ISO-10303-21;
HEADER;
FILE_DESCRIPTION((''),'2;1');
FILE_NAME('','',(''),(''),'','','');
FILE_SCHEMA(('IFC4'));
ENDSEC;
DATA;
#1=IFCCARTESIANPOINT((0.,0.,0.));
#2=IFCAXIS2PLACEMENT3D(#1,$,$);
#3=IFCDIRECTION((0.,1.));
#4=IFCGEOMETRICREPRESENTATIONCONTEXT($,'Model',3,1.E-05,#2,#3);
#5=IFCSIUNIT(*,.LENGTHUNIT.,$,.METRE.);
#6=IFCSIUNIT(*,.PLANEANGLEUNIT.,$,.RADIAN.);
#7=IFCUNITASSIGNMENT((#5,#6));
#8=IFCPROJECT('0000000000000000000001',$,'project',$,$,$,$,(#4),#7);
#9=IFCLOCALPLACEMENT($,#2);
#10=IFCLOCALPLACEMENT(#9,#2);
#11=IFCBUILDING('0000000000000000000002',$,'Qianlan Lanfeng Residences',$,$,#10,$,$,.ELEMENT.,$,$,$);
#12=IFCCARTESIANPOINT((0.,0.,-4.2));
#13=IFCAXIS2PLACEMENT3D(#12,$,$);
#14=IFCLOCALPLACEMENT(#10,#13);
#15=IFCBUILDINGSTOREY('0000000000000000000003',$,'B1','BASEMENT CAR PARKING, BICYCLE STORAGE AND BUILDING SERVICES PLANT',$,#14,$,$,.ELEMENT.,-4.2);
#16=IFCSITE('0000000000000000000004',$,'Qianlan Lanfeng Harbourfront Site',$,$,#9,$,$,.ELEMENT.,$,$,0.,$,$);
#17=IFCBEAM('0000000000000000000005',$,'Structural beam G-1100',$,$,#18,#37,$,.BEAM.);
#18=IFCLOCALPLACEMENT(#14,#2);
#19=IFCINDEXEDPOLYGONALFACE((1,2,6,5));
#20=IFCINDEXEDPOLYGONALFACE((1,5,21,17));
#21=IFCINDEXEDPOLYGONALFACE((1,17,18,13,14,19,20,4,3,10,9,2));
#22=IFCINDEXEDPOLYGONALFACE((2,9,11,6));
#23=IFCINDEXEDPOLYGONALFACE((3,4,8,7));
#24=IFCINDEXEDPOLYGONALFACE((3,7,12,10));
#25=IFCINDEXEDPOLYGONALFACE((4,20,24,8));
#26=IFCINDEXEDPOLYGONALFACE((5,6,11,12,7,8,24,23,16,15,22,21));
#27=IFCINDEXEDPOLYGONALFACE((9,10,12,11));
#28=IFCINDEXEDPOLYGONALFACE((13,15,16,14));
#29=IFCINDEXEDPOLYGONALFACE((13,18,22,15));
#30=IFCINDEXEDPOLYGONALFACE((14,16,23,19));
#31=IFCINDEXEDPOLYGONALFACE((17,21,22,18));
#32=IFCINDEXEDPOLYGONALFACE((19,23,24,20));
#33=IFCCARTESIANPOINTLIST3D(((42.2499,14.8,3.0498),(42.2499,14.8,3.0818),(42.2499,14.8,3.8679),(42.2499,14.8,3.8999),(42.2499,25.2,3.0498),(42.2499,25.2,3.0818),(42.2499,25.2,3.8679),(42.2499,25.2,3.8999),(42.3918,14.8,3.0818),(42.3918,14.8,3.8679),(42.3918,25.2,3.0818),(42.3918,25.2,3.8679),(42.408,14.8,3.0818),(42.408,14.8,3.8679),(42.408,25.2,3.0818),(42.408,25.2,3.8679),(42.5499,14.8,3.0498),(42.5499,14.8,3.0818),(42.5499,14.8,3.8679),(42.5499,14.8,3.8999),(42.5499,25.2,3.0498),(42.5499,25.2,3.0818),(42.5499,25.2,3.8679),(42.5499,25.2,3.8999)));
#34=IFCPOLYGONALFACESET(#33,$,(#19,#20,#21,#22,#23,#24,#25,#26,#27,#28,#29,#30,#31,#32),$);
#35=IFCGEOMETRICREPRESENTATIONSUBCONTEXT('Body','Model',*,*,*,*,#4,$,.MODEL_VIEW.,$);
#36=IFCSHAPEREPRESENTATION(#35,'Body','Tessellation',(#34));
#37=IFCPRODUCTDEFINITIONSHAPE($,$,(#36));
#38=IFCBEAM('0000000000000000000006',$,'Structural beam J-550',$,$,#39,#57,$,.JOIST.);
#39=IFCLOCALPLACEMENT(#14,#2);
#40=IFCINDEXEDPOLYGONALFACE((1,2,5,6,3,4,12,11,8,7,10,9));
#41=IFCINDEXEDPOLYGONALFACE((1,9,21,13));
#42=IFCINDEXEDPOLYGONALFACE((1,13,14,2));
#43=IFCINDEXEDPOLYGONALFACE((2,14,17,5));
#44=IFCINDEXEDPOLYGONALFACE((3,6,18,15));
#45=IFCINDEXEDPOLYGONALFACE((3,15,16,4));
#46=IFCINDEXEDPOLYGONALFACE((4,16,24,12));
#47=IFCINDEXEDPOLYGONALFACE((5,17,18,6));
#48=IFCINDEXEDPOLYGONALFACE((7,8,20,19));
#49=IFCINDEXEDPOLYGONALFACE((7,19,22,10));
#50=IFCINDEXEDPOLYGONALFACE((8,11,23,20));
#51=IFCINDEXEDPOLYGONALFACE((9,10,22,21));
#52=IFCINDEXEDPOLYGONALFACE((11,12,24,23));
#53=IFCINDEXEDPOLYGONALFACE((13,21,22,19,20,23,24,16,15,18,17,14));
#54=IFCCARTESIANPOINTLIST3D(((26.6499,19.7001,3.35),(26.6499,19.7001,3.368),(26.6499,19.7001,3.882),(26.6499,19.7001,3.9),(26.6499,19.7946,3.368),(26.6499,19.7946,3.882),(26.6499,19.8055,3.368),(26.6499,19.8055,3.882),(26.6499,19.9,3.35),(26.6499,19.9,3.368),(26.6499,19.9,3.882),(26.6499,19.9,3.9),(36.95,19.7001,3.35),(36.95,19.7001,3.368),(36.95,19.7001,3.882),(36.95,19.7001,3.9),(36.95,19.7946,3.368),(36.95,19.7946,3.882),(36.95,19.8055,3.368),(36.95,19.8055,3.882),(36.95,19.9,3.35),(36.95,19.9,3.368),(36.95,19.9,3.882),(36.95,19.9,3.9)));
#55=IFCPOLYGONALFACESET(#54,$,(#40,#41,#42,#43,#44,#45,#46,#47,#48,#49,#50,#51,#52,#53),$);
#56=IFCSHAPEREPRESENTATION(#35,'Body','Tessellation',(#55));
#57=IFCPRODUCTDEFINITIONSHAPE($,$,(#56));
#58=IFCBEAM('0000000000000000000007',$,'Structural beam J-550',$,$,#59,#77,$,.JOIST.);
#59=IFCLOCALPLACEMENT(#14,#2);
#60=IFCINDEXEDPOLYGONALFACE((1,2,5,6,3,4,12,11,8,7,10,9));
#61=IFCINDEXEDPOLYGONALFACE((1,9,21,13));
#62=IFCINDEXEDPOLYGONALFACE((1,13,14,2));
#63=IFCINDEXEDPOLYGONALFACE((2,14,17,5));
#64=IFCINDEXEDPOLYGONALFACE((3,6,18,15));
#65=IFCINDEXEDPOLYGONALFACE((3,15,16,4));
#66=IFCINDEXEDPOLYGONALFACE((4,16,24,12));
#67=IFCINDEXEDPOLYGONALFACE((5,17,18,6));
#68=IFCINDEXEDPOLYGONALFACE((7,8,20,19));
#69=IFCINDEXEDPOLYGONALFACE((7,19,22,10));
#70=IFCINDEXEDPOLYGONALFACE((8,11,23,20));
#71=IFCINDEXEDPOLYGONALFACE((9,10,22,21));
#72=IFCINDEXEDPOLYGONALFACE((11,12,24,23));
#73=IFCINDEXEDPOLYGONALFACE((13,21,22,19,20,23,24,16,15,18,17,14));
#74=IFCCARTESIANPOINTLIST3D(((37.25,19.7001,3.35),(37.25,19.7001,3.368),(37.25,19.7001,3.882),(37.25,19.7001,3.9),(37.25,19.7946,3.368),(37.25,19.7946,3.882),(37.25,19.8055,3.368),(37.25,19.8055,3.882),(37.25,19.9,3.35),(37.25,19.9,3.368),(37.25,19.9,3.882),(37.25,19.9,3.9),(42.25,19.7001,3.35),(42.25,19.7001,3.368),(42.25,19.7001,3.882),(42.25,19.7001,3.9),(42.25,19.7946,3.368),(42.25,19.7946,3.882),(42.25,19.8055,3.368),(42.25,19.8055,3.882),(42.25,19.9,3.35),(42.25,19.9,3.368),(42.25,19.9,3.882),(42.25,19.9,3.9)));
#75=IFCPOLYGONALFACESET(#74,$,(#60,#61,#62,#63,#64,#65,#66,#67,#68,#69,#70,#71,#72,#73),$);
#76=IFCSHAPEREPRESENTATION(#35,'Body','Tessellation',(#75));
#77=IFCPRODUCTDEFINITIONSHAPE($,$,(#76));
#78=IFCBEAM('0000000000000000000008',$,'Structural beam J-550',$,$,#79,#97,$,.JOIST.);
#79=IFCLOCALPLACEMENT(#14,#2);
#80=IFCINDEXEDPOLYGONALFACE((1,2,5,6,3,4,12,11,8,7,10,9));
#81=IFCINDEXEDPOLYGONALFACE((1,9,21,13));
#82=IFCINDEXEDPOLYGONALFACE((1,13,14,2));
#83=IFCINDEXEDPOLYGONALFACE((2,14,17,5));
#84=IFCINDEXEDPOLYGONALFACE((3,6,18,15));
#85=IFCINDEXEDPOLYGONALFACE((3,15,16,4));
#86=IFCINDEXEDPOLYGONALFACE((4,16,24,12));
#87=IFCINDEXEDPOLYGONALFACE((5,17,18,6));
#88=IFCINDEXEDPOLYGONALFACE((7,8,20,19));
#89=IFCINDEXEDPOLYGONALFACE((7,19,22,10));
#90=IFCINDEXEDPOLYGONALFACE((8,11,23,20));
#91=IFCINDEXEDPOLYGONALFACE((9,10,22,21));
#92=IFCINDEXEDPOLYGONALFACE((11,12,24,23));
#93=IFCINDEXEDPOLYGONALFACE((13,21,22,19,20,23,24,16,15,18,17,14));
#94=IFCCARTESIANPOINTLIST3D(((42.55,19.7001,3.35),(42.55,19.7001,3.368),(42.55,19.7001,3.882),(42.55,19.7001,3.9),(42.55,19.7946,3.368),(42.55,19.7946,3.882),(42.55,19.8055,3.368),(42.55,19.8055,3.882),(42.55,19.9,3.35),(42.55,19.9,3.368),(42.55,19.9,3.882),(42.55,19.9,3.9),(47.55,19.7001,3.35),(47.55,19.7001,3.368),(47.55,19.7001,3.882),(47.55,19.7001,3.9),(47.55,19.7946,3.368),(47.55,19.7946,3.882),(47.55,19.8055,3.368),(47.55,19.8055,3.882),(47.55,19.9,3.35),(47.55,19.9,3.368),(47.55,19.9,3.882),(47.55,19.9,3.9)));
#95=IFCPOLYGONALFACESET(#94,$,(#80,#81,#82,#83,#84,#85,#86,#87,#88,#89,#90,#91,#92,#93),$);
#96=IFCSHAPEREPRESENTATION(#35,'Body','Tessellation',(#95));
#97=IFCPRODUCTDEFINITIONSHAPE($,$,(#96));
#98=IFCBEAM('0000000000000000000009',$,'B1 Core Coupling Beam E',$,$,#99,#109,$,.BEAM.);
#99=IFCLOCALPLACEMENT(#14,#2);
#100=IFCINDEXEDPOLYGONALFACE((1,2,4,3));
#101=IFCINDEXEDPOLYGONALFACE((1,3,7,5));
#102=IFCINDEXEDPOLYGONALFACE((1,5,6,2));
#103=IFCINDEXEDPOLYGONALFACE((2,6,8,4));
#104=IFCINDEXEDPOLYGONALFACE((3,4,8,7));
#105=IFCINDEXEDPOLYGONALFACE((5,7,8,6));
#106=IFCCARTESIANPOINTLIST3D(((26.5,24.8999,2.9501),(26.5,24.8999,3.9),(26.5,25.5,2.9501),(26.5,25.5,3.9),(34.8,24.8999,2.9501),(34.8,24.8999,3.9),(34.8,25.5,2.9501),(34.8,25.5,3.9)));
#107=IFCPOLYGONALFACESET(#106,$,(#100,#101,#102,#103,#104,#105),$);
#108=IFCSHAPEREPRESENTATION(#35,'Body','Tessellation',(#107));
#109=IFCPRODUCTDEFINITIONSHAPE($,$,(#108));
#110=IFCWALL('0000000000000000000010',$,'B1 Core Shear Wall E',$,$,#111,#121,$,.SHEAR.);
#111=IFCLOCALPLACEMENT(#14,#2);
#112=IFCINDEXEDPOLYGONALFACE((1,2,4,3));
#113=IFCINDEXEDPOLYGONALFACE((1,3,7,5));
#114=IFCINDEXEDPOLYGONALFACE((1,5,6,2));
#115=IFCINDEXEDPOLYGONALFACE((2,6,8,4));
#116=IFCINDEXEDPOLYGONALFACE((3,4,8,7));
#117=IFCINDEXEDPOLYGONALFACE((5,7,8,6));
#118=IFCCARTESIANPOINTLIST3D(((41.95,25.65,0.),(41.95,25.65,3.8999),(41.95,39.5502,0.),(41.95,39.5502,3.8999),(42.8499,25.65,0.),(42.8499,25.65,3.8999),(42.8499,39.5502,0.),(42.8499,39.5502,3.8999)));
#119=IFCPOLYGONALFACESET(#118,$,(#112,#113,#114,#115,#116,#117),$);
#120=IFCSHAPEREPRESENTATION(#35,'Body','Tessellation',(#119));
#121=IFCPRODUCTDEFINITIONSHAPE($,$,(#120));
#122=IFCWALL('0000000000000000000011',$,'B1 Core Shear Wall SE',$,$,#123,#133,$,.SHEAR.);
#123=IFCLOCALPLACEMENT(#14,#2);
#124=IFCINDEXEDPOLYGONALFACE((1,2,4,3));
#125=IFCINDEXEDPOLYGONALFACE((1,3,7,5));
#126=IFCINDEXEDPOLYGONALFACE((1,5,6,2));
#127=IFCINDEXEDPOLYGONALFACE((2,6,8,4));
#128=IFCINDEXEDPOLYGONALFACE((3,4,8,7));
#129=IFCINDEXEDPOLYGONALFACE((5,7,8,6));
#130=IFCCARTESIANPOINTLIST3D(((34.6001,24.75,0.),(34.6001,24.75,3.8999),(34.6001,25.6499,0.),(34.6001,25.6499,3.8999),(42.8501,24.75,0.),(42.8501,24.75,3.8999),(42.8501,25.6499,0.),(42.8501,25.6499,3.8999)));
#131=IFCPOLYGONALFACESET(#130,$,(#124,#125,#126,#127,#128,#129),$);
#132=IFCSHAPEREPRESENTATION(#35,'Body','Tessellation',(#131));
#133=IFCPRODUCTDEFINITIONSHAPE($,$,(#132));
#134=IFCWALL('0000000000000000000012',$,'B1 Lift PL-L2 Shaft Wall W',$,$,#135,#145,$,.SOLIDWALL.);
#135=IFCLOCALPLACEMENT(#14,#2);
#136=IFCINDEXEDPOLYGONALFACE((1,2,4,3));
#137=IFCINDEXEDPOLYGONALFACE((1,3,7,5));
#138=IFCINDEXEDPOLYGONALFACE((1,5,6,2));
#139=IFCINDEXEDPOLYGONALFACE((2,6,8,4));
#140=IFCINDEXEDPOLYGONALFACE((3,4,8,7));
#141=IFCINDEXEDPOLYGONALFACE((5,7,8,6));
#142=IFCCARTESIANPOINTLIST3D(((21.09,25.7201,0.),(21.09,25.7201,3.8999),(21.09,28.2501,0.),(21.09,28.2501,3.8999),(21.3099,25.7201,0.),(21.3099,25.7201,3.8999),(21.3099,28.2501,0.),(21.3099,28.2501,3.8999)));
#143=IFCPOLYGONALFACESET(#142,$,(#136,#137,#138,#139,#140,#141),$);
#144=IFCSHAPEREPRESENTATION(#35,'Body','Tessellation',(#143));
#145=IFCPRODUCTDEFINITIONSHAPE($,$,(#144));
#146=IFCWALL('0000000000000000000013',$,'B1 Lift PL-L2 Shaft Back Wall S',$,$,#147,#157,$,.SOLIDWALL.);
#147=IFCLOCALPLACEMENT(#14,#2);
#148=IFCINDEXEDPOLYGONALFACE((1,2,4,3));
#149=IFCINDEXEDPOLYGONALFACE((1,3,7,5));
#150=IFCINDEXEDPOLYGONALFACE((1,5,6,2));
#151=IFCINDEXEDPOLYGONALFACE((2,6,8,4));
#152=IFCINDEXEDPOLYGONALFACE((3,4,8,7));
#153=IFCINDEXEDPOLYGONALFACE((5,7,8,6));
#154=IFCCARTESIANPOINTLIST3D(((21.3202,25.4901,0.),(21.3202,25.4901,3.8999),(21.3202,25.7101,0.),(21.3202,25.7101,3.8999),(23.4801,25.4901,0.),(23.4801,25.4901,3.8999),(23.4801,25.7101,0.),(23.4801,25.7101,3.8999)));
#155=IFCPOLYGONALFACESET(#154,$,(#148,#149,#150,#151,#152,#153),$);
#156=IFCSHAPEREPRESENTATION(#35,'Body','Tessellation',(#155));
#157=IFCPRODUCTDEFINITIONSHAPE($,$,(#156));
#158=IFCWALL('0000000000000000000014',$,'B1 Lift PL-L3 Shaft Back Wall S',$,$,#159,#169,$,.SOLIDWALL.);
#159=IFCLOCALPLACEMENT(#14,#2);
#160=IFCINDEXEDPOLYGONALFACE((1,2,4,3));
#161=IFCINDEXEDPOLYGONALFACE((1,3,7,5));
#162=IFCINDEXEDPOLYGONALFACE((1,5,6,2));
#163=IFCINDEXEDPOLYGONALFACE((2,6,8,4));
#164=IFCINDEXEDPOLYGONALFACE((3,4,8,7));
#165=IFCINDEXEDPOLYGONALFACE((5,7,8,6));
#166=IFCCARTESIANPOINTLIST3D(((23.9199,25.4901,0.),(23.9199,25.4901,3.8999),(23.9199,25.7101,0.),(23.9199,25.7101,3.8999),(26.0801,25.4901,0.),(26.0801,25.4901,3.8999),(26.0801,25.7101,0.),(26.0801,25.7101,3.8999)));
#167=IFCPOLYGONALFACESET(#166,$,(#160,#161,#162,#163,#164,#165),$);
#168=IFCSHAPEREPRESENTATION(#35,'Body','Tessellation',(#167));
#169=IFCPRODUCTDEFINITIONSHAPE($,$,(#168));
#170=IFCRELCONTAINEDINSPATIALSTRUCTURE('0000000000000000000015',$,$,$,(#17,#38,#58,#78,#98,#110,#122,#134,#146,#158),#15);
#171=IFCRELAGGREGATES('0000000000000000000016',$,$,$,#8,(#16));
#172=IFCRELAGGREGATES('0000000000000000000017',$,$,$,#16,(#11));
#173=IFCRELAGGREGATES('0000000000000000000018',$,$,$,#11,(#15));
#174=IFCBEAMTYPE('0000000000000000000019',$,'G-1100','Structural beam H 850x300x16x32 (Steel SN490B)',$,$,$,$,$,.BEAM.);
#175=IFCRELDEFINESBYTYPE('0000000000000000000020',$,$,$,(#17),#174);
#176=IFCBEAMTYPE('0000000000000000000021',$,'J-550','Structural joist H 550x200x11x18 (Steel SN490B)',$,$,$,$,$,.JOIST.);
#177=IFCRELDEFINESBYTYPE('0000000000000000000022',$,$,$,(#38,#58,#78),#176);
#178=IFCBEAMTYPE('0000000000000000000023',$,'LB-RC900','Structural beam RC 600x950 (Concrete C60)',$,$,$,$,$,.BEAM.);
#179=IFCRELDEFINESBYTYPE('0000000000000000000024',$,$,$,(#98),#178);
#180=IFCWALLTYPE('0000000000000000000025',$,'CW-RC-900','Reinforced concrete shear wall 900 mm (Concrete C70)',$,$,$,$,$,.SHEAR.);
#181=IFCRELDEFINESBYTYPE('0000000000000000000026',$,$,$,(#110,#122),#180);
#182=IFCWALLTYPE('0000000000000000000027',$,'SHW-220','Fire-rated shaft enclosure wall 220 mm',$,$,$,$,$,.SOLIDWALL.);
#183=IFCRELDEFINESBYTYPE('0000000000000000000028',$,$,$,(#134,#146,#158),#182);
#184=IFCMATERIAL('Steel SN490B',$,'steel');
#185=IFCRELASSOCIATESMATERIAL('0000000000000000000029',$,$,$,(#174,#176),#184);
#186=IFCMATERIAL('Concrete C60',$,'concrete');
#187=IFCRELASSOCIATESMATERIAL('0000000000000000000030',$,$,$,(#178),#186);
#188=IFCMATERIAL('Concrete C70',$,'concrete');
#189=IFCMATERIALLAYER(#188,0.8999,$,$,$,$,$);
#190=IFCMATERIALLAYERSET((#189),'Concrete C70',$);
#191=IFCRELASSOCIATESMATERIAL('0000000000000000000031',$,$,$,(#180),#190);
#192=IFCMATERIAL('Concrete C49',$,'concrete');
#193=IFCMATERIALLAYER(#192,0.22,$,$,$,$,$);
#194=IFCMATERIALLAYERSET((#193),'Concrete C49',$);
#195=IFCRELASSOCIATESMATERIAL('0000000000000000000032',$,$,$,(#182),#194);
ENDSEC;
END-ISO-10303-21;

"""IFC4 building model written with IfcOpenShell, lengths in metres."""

from ifc_helpers import new_model, si_unit, direction, frame, frame_2d, origin, origin_2d, place, context, subcontext, project, spatial, rectangle, i_section, extrude, material, layer, layer_set, material_profile, profile_set, type_object, element, save


model = new_model("IFC4")

# Units and contexts
model_context = context("Model", 3, precision=1e-05, world=origin(), true_north=direction((0.0, 1.0)))
body_context = subcontext(model_context, "Body", "Model", "MODEL_VIEW")
ifc_project = project(units=[si_unit("LENGTHUNIT", "METRE"), si_unit("PLANEANGLEUNIT", "RADIAN")], contexts=[model_context])

# Site, building, storey
site_placement = place(None, origin())
site = spatial("IfcSite", under=ifc_project, at=site_placement, Name="Qianlan Lanfeng Harbourfront Site", CompositionType="ELEMENT", RefElevation=0.0)
building_placement = place(site_placement, origin())
building = spatial("IfcBuilding", under=site, at=building_placement, Name="Qianlan Lanfeng Residences", CompositionType="ELEMENT")
storey_placement = place(building_placement, frame((0.0, 0.0, -4.2)))
storey = spatial("IfcBuildingStorey", under=building, at=storey_placement, Name="B1", Description="BASEMENT CAR PARKING, BICYCLE STORAGE AND BUILDING SERVICES PLANT", CompositionType="ELEMENT", Elevation=-4.2)

# Shared definitions
ifc_material_1 = material(Name="Concrete C49", Category="concrete")

# Beams
ifc_material_2 = material(Name="Steel SN490B", Category="steel")
ifc_material_profile_1 = material_profile(ifc_material_2, i_section(OverallWidth=0.3, OverallDepth=0.8501, WebThickness=0.0161, FlangeThickness=0.032, at=origin_2d()), Name="H 850x300x16x32")
ifc_profile_set_1 = profile_set([ifc_material_profile_1], Name="Steel SN490B")
beam_type_1 = type_object("IfcBeamType", Name="G-1100", Description="Structural beam H 850x300x16x32 (Steel SN490B)", PredefinedType="BEAM", material=ifc_profile_set_1)
for number, where, z_axis, x_axis, name in (
    (1, (42.3999, 14.8, 3.4749), (0.0, 1.0, 0.0), (-1.0, 0.0, 0.0), "Structural beam G-1100"),
):
    element("IfcBeam", number, at=place(storey_placement, frame(where, z_axis=z_axis, x_axis=x_axis)), inside=storey, type_object=beam_type_1, Name=name, PredefinedType="BEAM", context=body_context, shape_type="SweptSolid", body=[
        extrude(i_section(OverallWidth=0.3, OverallDepth=0.8501, WebThickness=0.0161, FlangeThickness=0.032, at=origin_2d()), origin(), (0.0, 0.0, 1.0), 10.3999),
    ])
ifc_material_profile_2 = material_profile(ifc_material_2, i_section(OverallWidth=0.2, OverallDepth=0.55, WebThickness=0.011, FlangeThickness=0.0181, at=origin_2d()), Name="H 550x200x11x18")
ifc_profile_set_2 = profile_set([ifc_material_profile_2], Name="Steel SN490B")
beam_type_2 = type_object("IfcBeamType", Name="J-550", Description="Structural joist H 550x200x11x18 (Steel SN490B)", PredefinedType="JOIST", material=ifc_profile_set_2)
beam_1_placement = place(storey_placement, frame((26.6499, 19.8, 3.625), z_axis=(1.0, 0.0, 0.0), x_axis=(0.0, 1.0, 0.0)))
element("IfcBeam", 2, at=beam_1_placement, inside=storey, type_object=beam_type_2, Name="Structural beam J-550", PredefinedType="JOIST", context=body_context, shape_type="SweptSolid", body=[
    extrude(i_section(OverallWidth=0.2, OverallDepth=0.55, WebThickness=0.011, FlangeThickness=0.0181, at=origin_2d()), origin(), (0.0, 0.0, 1.0), 10.3),
])
for number, where, z_axis, x_axis, name in (
    (3, (37.25, 19.8, 3.625), (1.0, 0.0, 0.0), (0.0, 1.0, 0.0), "Structural beam J-550"),
    (4, (42.55, 19.8, 3.625), (1.0, 0.0, 0.0), (0.0, 1.0, 0.0), "Structural beam J-550"),
):
    element("IfcBeam", number, at=place(storey_placement, frame(where, z_axis=z_axis, x_axis=x_axis)), inside=storey, type_object=beam_type_2, Name=name, PredefinedType="JOIST", context=body_context, shape_type="SweptSolid", body=[
        extrude(i_section(OverallWidth=0.2, OverallDepth=0.55, WebThickness=0.011, FlangeThickness=0.0181, at=origin_2d()), origin(), (0.0, 0.0, 1.0), 5.0),
    ])
ifc_material_3 = material(Name="Concrete C60", Category="concrete")
ifc_material_profile_3 = material_profile(ifc_material_3, rectangle(XDim=0.6001, YDim=0.95, at=origin_2d()), Name="RC 600x950")
ifc_profile_set_3 = profile_set([ifc_material_profile_3], Name="Concrete C60")
beam_type_3 = type_object("IfcBeamType", Name="LB-RC900", Description="Structural beam RC 600x950 (Concrete C60)", PredefinedType="BEAM", material=ifc_profile_set_3)
beam_2_placement = place(storey_placement, frame((26.5, 25.2, 3.425), z_axis=(1.0, 0.0, 0.0), x_axis=(0.0, 1.0, 0.0)))
element("IfcBeam", 5, at=beam_2_placement, inside=storey, type_object=beam_type_3, Name="B1 Core Coupling Beam E", PredefinedType="BEAM", context=body_context, shape_type="SweptSolid", body=[
    extrude(rectangle(XDim=0.6001, YDim=0.95, at=origin_2d()), origin(), (0.0, 0.0, 1.0), 8.3),
])

# Walls
ifc_material_4 = material(Name="Concrete C70", Category="concrete")
ifc_layer_1 = layer(ifc_material_4, 0.8999)
ifc_layer_set_1 = layer_set([ifc_layer_1], Name="Concrete C70")
wall_type_1 = type_object("IfcWallType", Name="CW-RC-900", Description="Reinforced concrete shear wall 900 mm (Concrete C70)", PredefinedType="SHEAR", material=ifc_layer_set_1)
wall_1_placement = place(storey_placement, frame((42.3999, 25.6499, 0.0), z_axis=(0.0, 0.0, 1.0), x_axis=(0.0, 1.0, 0.0)))
element("IfcWall", 6, at=wall_1_placement, inside=storey, type_object=wall_type_1, Name="B1 Core Shear Wall E", PredefinedType="SHEAR", context=body_context, shape_type="SweptSolid", body=[
    extrude(rectangle(XDim=13.9001, YDim=0.8999, at=frame_2d((6.9502, 0.0))), origin(), (0.0, 0.0, 1.0), 3.8999),
])
wall_2_placement = place(storey_placement, frame((34.6001, 25.2, 0.0), z_axis=(0.0, 0.0, 1.0), x_axis=(1.0, 0.0, 0.0)))
element("IfcWall", 7, at=wall_2_placement, inside=storey, type_object=wall_type_1, Name="B1 Core Shear Wall SE", PredefinedType="SHEAR", context=body_context, shape_type="SweptSolid", body=[
    extrude(rectangle(XDim=8.25, YDim=0.8999, at=frame_2d((4.125, 0.0))), origin(), (0.0, 0.0, 1.0), 3.8999),
])
ifc_layer_2 = layer(ifc_material_1, 0.22)
ifc_layer_set_2 = layer_set([ifc_layer_2], Name="Concrete C49")
wall_type_2 = type_object("IfcWallType", Name="SHW-220", Description="Fire-rated shaft enclosure wall 220 mm", PredefinedType="SOLIDWALL", material=ifc_layer_set_2)
wall_3_placement = place(storey_placement, frame((21.2, 25.72, 0.0), z_axis=(0.0, 0.0, 1.0), x_axis=(0.0, 1.0, 0.0)))
element("IfcWall", 8, at=wall_3_placement, inside=storey, type_object=wall_type_2, Name="B1 Lift PL-L2 Shaft Wall W", PredefinedType="SOLIDWALL", context=body_context, shape_type="SweptSolid", body=[
    extrude(rectangle(XDim=2.53, YDim=0.22, at=frame_2d((1.2651, 0.0))), origin(), (0.0, 0.0, 1.0), 3.8999),
])
wall_4_placement = place(storey_placement, frame((21.3201, 25.6001, 0.0), z_axis=(0.0, 0.0, 1.0), x_axis=(1.0, 0.0, 0.0)))
element("IfcWall", 9, at=wall_4_placement, inside=storey, type_object=wall_type_2, Name="B1 Lift PL-L2 Shaft Back Wall S", PredefinedType="SOLIDWALL", context=body_context, shape_type="SweptSolid", body=[
    extrude(rectangle(XDim=2.1599, YDim=0.22, at=frame_2d((1.0801, 0.0))), origin(), (0.0, 0.0, 1.0), 3.8999),
])
wall_5_placement = place(storey_placement, frame((23.9199, 25.6001, 0.0), z_axis=(0.0, 0.0, 1.0), x_axis=(1.0, 0.0, 0.0)))
element("IfcWall", 10, at=wall_5_placement, inside=storey, type_object=wall_type_2, Name="B1 Lift PL-L3 Shaft Back Wall S", PredefinedType="SOLIDWALL", context=body_context, shape_type="SweptSolid", body=[
    extrude(rectangle(XDim=2.1602, YDim=0.22, at=frame_2d((1.0801, 0.0))), origin(), (0.0, 0.0, 1.0), 3.8999),
])

save(model, "model.ifc")
